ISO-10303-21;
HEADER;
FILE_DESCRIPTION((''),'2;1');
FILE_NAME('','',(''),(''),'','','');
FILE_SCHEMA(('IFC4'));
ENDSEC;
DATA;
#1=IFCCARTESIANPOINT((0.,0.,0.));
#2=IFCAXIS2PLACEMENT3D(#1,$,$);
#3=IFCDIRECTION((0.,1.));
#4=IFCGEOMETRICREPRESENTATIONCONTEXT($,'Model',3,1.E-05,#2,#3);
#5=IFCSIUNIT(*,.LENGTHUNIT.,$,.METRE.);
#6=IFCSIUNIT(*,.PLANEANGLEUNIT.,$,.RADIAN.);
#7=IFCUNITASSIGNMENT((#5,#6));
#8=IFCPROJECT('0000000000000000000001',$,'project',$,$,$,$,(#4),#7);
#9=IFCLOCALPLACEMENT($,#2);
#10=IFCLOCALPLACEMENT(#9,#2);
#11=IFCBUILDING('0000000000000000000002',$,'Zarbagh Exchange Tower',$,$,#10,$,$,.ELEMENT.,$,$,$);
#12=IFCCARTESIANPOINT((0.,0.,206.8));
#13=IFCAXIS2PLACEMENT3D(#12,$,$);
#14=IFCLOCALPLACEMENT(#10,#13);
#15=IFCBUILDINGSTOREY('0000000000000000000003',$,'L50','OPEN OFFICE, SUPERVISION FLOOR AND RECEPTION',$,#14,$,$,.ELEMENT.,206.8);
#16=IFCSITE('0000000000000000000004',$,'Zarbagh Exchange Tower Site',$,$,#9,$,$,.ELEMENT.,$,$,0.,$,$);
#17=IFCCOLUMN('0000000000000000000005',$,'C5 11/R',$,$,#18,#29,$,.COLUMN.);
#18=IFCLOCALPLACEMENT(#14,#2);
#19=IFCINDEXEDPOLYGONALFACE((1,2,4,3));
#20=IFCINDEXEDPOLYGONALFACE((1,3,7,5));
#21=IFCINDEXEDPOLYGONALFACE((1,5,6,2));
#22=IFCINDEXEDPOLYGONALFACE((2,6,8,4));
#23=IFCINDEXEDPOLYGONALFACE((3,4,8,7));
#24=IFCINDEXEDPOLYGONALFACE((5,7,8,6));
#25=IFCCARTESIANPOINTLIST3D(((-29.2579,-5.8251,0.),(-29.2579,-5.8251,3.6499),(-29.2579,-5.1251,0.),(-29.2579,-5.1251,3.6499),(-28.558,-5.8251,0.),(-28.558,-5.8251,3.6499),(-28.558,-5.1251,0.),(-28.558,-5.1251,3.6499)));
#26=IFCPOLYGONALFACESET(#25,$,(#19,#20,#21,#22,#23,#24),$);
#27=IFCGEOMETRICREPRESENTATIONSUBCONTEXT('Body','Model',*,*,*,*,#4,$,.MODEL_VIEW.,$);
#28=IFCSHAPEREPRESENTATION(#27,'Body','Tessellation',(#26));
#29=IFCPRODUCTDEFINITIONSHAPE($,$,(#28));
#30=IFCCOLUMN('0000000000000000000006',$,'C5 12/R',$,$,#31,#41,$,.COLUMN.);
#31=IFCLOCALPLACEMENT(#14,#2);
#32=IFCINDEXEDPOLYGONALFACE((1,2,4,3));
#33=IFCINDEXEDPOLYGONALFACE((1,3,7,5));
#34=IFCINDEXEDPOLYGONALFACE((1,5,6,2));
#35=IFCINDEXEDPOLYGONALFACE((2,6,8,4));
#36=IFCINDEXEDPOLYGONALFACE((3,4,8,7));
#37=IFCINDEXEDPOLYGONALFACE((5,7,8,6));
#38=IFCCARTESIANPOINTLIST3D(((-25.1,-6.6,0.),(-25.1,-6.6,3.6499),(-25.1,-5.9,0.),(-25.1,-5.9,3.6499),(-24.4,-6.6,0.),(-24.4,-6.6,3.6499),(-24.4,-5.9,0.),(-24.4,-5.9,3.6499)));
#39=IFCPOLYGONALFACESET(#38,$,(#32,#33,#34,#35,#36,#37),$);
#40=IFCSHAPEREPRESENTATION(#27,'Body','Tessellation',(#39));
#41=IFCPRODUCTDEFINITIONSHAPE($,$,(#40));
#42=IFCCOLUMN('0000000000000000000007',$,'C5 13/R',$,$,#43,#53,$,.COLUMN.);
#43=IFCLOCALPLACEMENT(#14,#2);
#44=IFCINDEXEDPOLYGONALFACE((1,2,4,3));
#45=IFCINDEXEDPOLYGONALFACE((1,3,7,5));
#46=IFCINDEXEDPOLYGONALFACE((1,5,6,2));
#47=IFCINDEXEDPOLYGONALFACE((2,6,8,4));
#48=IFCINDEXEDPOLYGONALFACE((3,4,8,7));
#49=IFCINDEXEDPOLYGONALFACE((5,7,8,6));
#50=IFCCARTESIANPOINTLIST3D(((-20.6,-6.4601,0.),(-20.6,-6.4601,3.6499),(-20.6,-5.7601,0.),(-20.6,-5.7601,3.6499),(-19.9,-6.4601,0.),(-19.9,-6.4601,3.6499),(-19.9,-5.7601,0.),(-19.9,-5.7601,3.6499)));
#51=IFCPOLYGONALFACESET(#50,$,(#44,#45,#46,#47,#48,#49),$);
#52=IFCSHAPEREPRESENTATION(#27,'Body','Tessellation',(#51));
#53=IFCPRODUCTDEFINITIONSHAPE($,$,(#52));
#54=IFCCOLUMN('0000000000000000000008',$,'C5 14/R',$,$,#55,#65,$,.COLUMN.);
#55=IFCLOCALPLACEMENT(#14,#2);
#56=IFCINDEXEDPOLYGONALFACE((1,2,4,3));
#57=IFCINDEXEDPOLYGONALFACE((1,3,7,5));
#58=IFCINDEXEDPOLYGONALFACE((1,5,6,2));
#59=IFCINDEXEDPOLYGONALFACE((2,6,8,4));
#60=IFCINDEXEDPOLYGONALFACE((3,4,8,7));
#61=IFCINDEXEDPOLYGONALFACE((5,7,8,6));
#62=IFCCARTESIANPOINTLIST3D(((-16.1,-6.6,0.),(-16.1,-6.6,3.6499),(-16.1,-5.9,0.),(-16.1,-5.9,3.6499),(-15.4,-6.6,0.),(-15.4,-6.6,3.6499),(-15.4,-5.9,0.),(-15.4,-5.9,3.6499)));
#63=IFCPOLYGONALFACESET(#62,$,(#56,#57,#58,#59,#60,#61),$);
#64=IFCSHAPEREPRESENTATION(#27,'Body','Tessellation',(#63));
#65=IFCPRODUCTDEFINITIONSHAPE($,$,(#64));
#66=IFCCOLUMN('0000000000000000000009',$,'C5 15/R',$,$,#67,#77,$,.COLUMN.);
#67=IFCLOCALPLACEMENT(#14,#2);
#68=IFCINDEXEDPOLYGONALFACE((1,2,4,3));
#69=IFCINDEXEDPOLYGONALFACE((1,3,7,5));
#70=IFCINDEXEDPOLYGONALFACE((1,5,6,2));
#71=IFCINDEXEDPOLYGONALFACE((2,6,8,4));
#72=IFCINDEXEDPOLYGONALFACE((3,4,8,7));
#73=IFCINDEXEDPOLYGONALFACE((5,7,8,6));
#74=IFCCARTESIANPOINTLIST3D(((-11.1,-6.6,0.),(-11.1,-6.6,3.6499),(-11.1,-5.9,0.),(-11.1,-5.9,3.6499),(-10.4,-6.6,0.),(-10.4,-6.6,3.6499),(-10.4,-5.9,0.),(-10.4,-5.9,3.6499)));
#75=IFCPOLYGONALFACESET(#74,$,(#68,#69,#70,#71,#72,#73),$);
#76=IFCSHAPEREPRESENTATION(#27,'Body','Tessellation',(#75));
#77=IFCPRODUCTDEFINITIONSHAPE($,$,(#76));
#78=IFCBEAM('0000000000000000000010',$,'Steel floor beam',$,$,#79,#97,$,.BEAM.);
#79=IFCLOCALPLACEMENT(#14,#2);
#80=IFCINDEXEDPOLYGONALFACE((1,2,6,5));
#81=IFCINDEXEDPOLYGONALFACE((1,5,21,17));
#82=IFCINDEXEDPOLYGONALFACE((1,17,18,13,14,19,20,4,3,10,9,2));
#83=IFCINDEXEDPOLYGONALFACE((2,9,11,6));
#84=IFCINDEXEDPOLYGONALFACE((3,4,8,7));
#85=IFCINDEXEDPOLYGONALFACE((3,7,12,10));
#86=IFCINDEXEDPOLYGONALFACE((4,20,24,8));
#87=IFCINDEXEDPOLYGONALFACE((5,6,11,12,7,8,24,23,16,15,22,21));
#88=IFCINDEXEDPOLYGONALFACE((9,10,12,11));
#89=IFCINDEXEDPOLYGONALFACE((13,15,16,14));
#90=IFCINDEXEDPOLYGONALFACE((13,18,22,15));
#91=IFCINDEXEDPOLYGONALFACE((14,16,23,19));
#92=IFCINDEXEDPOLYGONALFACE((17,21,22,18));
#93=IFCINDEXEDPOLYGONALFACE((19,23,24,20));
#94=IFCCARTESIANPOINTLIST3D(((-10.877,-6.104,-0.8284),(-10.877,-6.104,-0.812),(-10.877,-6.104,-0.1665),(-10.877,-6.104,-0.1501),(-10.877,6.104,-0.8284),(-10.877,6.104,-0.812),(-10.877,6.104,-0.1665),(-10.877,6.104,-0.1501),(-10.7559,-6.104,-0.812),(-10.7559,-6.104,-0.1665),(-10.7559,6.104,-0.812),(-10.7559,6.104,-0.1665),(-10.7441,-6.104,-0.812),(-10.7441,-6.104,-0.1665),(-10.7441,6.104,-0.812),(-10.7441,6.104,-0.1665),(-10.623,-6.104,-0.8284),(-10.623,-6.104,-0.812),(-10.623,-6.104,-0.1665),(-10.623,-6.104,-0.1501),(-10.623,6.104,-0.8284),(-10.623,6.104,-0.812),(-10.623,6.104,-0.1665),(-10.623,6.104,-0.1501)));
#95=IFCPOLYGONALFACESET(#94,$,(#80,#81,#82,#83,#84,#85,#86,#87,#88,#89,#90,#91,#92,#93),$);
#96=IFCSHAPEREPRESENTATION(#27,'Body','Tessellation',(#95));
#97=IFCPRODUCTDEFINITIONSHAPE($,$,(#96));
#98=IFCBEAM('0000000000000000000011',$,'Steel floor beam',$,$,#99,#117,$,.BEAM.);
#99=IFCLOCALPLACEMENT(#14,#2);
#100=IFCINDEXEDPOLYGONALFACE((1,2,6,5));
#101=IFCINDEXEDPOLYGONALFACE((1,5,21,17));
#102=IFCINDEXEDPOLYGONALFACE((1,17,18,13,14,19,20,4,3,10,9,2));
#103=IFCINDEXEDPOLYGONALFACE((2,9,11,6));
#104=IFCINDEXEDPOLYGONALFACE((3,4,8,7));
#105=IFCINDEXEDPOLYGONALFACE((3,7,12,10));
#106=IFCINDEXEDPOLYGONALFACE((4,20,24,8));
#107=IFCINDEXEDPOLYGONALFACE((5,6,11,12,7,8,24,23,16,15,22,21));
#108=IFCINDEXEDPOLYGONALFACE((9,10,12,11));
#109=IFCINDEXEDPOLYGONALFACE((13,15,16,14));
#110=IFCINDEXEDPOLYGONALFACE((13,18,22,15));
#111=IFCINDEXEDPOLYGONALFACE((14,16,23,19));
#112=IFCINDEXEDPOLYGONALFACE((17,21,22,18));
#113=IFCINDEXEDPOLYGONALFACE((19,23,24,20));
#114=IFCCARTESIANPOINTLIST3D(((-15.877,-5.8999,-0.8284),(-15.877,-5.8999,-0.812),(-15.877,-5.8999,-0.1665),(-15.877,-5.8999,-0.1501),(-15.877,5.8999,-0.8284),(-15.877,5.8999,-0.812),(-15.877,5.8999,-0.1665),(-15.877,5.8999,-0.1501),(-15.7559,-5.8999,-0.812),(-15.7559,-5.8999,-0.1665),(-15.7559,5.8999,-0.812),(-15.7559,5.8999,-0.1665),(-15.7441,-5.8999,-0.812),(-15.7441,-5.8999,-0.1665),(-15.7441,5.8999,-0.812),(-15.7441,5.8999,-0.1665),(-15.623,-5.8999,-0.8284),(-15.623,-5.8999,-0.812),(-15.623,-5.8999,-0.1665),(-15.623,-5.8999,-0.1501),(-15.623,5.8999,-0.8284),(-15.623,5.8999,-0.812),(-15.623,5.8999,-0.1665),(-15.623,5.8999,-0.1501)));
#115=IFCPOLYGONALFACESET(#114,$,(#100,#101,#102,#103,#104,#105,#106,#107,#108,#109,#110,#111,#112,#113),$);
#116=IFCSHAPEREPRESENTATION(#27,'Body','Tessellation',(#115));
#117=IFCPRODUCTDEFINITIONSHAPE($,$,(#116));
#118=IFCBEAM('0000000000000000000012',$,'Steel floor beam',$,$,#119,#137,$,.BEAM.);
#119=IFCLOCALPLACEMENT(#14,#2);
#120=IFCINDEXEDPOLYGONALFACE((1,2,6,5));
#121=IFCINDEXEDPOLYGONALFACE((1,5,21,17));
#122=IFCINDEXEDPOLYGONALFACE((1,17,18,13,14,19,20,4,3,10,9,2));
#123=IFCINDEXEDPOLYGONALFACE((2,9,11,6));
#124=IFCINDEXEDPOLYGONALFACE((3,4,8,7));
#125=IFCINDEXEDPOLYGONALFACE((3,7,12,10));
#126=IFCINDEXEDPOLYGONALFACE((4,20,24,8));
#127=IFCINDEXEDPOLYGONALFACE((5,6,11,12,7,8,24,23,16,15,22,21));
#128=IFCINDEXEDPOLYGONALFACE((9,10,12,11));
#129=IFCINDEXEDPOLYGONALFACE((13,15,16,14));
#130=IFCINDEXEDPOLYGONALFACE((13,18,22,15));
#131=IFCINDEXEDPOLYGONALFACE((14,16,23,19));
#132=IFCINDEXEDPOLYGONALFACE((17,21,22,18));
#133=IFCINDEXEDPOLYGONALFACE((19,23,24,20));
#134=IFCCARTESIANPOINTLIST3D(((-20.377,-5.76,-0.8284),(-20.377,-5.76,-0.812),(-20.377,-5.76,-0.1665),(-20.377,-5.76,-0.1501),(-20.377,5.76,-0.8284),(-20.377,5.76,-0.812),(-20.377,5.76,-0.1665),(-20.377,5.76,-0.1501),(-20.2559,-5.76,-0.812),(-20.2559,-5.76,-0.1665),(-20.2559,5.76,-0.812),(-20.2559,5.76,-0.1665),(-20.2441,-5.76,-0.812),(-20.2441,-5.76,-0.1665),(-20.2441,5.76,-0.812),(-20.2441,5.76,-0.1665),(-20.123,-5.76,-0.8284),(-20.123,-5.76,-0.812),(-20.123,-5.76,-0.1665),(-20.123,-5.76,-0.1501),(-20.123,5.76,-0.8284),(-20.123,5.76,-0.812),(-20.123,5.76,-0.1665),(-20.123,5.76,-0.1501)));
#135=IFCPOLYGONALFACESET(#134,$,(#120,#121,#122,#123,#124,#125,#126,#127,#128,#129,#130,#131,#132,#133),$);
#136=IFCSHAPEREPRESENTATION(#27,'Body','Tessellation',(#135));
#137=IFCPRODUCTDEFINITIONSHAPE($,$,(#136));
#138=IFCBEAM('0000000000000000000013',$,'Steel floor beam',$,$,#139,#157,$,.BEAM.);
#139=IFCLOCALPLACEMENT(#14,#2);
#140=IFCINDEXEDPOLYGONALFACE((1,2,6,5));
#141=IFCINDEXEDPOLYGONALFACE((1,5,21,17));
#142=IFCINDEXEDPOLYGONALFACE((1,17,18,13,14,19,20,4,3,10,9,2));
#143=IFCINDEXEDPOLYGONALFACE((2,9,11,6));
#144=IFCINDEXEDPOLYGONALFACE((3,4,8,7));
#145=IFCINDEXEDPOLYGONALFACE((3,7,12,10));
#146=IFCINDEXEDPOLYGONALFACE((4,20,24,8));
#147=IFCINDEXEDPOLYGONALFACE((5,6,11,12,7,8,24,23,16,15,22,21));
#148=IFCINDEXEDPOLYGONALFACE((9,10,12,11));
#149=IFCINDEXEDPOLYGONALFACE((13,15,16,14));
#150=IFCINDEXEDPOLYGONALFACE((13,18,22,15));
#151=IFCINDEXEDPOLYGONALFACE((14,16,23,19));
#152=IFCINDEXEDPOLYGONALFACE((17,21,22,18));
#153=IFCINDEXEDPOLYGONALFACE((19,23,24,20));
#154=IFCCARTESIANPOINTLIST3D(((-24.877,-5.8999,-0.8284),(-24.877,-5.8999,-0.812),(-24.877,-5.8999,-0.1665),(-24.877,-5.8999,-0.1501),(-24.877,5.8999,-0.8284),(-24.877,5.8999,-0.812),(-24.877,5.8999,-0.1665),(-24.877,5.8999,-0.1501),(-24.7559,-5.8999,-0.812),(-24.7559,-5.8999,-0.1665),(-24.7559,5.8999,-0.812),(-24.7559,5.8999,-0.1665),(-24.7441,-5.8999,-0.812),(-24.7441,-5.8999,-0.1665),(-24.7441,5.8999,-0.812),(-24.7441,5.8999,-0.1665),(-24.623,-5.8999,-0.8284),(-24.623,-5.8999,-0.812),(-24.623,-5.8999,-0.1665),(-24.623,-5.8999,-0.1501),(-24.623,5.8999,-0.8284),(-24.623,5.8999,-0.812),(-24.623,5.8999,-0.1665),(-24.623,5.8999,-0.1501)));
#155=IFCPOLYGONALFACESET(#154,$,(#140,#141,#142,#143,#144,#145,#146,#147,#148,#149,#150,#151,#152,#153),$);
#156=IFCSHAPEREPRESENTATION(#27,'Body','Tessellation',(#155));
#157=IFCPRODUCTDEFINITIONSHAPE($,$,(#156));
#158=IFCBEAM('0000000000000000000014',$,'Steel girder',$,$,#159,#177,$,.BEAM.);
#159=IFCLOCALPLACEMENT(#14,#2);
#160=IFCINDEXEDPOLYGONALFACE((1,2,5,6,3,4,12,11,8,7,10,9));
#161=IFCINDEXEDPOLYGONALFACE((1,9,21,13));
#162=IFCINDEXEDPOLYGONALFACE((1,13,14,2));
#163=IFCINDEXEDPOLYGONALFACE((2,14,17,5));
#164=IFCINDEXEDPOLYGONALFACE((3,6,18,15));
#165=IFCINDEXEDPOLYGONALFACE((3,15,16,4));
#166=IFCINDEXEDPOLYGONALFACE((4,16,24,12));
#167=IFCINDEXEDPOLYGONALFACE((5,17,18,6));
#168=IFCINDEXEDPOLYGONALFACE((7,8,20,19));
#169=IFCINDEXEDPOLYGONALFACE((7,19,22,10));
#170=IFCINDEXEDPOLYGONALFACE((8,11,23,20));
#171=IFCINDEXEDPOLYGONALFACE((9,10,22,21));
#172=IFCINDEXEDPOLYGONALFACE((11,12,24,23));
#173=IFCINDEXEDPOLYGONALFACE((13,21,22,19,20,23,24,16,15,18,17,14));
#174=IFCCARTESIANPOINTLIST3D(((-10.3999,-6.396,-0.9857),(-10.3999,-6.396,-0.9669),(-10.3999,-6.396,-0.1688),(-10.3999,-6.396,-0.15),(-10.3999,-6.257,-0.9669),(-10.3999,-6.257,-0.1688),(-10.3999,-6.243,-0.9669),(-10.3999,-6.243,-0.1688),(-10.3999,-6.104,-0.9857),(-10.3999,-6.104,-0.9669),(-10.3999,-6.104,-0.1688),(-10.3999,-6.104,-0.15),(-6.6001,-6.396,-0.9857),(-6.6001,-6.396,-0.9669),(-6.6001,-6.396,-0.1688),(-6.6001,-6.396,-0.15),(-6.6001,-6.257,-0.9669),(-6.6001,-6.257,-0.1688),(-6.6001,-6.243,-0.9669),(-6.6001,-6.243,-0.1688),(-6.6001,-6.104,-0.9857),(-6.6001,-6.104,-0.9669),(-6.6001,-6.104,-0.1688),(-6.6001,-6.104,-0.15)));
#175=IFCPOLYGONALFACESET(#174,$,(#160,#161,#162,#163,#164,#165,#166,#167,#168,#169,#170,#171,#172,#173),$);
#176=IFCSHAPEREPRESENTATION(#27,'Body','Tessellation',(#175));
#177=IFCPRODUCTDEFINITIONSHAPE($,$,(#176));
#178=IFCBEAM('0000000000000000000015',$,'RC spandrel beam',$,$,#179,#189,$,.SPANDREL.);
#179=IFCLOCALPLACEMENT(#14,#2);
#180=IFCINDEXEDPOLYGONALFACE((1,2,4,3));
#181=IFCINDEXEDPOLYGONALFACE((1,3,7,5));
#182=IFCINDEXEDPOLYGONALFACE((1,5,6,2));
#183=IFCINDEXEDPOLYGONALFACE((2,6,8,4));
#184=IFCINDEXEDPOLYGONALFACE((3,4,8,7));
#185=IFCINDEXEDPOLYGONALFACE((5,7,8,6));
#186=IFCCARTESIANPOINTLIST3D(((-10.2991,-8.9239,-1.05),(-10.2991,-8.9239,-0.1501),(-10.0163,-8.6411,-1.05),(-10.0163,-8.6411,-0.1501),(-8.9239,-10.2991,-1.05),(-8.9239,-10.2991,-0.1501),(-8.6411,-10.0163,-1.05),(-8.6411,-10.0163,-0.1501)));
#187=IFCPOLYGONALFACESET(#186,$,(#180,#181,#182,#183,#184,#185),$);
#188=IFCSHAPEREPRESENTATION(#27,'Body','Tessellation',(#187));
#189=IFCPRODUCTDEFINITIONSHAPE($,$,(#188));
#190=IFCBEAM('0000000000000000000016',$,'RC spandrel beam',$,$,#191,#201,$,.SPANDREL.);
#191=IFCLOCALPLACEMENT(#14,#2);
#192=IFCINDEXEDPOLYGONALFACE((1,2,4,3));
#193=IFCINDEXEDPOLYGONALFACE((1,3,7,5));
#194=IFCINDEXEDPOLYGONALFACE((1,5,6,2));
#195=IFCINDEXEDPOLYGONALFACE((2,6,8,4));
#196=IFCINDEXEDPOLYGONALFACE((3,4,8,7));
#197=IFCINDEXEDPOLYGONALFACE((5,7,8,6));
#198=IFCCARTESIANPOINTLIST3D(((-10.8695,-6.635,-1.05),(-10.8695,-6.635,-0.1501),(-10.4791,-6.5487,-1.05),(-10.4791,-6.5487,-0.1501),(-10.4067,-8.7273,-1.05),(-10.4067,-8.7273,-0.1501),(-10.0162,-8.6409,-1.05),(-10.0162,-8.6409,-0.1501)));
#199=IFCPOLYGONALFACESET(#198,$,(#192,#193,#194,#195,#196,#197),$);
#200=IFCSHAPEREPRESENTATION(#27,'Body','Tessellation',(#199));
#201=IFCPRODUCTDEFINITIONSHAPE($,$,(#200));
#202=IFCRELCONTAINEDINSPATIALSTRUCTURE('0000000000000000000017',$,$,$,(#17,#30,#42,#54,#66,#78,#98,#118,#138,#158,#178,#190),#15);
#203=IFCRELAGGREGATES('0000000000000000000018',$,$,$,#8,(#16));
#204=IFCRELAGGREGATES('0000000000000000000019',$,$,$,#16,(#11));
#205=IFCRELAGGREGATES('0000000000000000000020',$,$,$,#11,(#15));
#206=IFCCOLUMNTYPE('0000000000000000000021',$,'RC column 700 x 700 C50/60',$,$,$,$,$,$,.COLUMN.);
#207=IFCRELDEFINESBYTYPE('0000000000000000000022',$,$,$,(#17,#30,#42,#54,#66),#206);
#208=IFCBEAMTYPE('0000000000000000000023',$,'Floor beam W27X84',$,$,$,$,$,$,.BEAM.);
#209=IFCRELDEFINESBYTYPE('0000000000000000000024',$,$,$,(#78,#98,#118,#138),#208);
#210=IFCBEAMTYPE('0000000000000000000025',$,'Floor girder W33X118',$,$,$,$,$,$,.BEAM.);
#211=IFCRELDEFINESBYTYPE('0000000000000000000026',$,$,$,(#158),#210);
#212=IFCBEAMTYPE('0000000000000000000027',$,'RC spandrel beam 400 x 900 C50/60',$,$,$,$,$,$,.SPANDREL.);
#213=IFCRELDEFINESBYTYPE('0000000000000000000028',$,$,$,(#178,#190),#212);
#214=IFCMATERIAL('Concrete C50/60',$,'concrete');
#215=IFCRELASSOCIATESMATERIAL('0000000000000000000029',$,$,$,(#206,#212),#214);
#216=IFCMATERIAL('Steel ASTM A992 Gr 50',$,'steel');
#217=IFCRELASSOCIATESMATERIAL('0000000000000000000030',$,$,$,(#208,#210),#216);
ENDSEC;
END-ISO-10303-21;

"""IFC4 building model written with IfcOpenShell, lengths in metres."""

from ifc_helpers import new_model, si_unit, direction, frame, origin, origin_2d, place, context, subcontext, project, spatial, rectangle, i_section, extrude, material, material_profile, profile_set, type_object, element, save


model = new_model("IFC4")

# Units and contexts
model_context = context("Model", 3, precision=1e-05, world=origin(), true_north=direction((0.0, 1.0)))
body_context = subcontext(model_context, "Body", "Model", "MODEL_VIEW")
ifc_project = project(units=[si_unit("LENGTHUNIT", "METRE"), si_unit("PLANEANGLEUNIT", "RADIAN")], contexts=[model_context])

# Site, building, storey
site_placement = place(None, origin())
site = spatial("IfcSite", under=ifc_project, at=site_placement, Name="Zarbagh Exchange Tower Site", CompositionType="ELEMENT", RefElevation=0.0)
building_placement = place(site_placement, origin())
building = spatial("IfcBuilding", under=site, at=building_placement, Name="Zarbagh Exchange Tower", CompositionType="ELEMENT")
storey_placement = place(building_placement, frame((0.0, 0.0, 206.8)))
storey = spatial("IfcBuildingStorey", under=building, at=storey_placement, Name="L50", Description="OPEN OFFICE, SUPERVISION FLOOR AND RECEPTION", CompositionType="ELEMENT", Elevation=206.8)

# Columns
ifc_material_1 = material(Name="Concrete C50/60", Category="concrete")
ifc_material_profile_1 = material_profile(ifc_material_1, rectangle(XDim=0.7, YDim=0.7, at=origin_2d()), Name="RC column 700 x 700 C50/60")
ifc_profile_set_1 = profile_set([ifc_material_profile_1], Name="Concrete C50/60")
column_type = type_object("IfcColumnType", Name="RC column 700 x 700 C50/60", PredefinedType="COLUMN", material=ifc_profile_set_1)
for number, where, z_axis, x_axis, name in (
    (1, (-28.908, -5.4751, 0.0), (0.0, 0.0, 1.0), (1.0, 0.0, 0.0), "C5 11/R"),
    (2, (-24.75, -6.25, 0.0), (0.0, 0.0, 1.0), (1.0, 0.0, 0.0), "C5 12/R"),
    (3, (-20.25, -6.1101, 0.0), (0.0, 0.0, 1.0), (1.0, 0.0, 0.0), "C5 13/R"),
    (4, (-15.75, -6.25, 0.0), (0.0, 0.0, 1.0), (1.0, 0.0, 0.0), "C5 14/R"),
    (5, (-10.75, -6.25, 0.0), (0.0, 0.0, 1.0), (1.0, 0.0, 0.0), "C5 15/R"),
):
    element("IfcColumn", number, at=place(storey_placement, frame(where, z_axis=z_axis, x_axis=x_axis)), inside=storey, type_object=column_type, Name=name, PredefinedType="COLUMN", context=body_context, shape_type="SweptSolid", body=[
        extrude(rectangle(XDim=0.7, YDim=0.7, at=origin_2d()), origin(), (0.0, 0.0, 1.0), 3.6499),
    ])

# Beams
ifc_material_2 = material(Name="Steel ASTM A992 Gr 50", Category="steel")
ifc_material_profile_2 = material_profile(ifc_material_2, i_section(OverallWidth=0.2539, OverallDepth=0.6782, WebThickness=0.0117, FlangeThickness=0.0164, at=origin_2d()), Name="W27X84")
ifc_profile_set_2 = profile_set([ifc_material_profile_2], Name="Steel ASTM A992 Gr 50")
beam_type_1 = type_object("IfcBeamType", Name="Floor beam W27X84", PredefinedType="BEAM", material=ifc_profile_set_2)
beam_1_placement = place(storey_placement, frame((-10.75, -6.104, -0.4893), z_axis=(0.0, 1.0, 0.0), x_axis=(-1.0, 0.0, 0.0)))
element("IfcBeam", 6, at=beam_1_placement, inside=storey, type_object=beam_type_1, Name="Steel floor beam", PredefinedType="BEAM", context=body_context, shape_type="SweptSolid", body=[
    extrude(i_section(OverallWidth=0.2539, OverallDepth=0.6782, WebThickness=0.0117, FlangeThickness=0.0164, at=origin_2d()), origin(), (0.0, 0.0, 1.0), 12.208),
])
beam_2_placement = place(storey_placement, frame((-15.75, -5.8999, -0.4893), z_axis=(0.0, 1.0, 0.0), x_axis=(-1.0, 0.0, 0.0)))
element("IfcBeam", 7, at=beam_2_placement, inside=storey, type_object=beam_type_1, Name="Steel floor beam", PredefinedType="BEAM", context=body_context, shape_type="SweptSolid", body=[
    extrude(i_section(OverallWidth=0.2539, OverallDepth=0.6782, WebThickness=0.0117, FlangeThickness=0.0164, at=origin_2d()), origin(), (0.0, 0.0, 1.0), 11.7998),
])
beam_3_placement = place(storey_placement, frame((-20.25, -5.76, -0.4893), z_axis=(0.0, 1.0, 0.0), x_axis=(-1.0, 0.0, 0.0)))
element("IfcBeam", 8, at=beam_3_placement, inside=storey, type_object=beam_type_1, Name="Steel floor beam", PredefinedType="BEAM", context=body_context, shape_type="SweptSolid", body=[
    extrude(i_section(OverallWidth=0.2539, OverallDepth=0.6782, WebThickness=0.0117, FlangeThickness=0.0164, at=origin_2d()), origin(), (0.0, 0.0, 1.0), 11.52),
])
beam_4_placement = place(storey_placement, frame((-24.75, -5.8999, -0.4893), z_axis=(0.0, 1.0, 0.0), x_axis=(-1.0, 0.0, 0.0)))
element("IfcBeam", 9, at=beam_4_placement, inside=storey, type_object=beam_type_1, Name="Steel floor beam", PredefinedType="BEAM", context=body_context, shape_type="SweptSolid", body=[
    extrude(i_section(OverallWidth=0.2539, OverallDepth=0.6782, WebThickness=0.0117, FlangeThickness=0.0164, at=origin_2d()), origin(), (0.0, 0.0, 1.0), 11.7998),
])
ifc_material_profile_3 = material_profile(ifc_material_2, i_section(OverallWidth=0.292, OverallDepth=0.8357, WebThickness=0.0139, FlangeThickness=0.0188, at=origin_2d()), Name="W33X118")
ifc_profile_set_3 = profile_set([ifc_material_profile_3], Name="Steel ASTM A992 Gr 50")
beam_type_2 = type_object("IfcBeamType", Name="Floor girder W33X118", PredefinedType="BEAM", material=ifc_profile_set_3)
beam_5_placement = place(storey_placement, frame((-10.3999, -6.25, -0.5679), z_axis=(1.0, 0.0, 0.0), x_axis=(0.0, 1.0, 0.0)))
element("IfcBeam", 10, at=beam_5_placement, inside=storey, type_object=beam_type_2, Name="Steel girder", PredefinedType="BEAM", context=body_context, shape_type="SweptSolid", body=[
    extrude(i_section(OverallWidth=0.292, OverallDepth=0.8357, WebThickness=0.0139, FlangeThickness=0.0188, at=origin_2d()), origin(), (0.0, 0.0, 1.0), 3.7998),
])
ifc_material_profile_4 = material_profile(ifc_material_1, rectangle(XDim=0.3999, YDim=0.8999, at=origin_2d()), Name="RC spandrel beam 400 x 900 C50/60")
ifc_profile_set_4 = profile_set([ifc_material_profile_4], Name="Concrete C50/60")
beam_type_3 = type_object("IfcBeamType", Name="RC spandrel beam 400 x 900 C50/60", PredefinedType="SPANDREL", material=ifc_profile_set_4)
beam_6_placement = place(storey_placement, frame((-8.7825, -10.1577, -0.6001), z_axis=(-0.707107, 0.707107, 0.0), x_axis=(-0.707107, -0.707107, 0.0)))
element("IfcBeam", 11, at=beam_6_placement, inside=storey, type_object=beam_type_3, Name="RC spandrel beam", PredefinedType="SPANDREL", context=body_context, shape_type="SweptSolid", body=[
    extrude(rectangle(XDim=0.3999, YDim=0.8999, at=origin_2d()), origin(), (0.0, 0.0, 1.0), 1.9448),
])
beam_7_placement = place(storey_placement, frame((-10.2114, -8.6841, -0.6001), z_axis=(-0.216014, 0.97639, 0.0), x_axis=(-0.97639, -0.216014, 0.0)))
element("IfcBeam", 12, at=beam_7_placement, inside=storey, type_object=beam_type_3, Name="RC spandrel beam", PredefinedType="SPANDREL", context=body_context, shape_type="SweptSolid", body=[
    extrude(rectangle(XDim=0.3999, YDim=0.8999, at=origin_2d()), origin(), (0.0, 0.0, 1.0), 2.1428),
])

save(model, "model.ifc")
